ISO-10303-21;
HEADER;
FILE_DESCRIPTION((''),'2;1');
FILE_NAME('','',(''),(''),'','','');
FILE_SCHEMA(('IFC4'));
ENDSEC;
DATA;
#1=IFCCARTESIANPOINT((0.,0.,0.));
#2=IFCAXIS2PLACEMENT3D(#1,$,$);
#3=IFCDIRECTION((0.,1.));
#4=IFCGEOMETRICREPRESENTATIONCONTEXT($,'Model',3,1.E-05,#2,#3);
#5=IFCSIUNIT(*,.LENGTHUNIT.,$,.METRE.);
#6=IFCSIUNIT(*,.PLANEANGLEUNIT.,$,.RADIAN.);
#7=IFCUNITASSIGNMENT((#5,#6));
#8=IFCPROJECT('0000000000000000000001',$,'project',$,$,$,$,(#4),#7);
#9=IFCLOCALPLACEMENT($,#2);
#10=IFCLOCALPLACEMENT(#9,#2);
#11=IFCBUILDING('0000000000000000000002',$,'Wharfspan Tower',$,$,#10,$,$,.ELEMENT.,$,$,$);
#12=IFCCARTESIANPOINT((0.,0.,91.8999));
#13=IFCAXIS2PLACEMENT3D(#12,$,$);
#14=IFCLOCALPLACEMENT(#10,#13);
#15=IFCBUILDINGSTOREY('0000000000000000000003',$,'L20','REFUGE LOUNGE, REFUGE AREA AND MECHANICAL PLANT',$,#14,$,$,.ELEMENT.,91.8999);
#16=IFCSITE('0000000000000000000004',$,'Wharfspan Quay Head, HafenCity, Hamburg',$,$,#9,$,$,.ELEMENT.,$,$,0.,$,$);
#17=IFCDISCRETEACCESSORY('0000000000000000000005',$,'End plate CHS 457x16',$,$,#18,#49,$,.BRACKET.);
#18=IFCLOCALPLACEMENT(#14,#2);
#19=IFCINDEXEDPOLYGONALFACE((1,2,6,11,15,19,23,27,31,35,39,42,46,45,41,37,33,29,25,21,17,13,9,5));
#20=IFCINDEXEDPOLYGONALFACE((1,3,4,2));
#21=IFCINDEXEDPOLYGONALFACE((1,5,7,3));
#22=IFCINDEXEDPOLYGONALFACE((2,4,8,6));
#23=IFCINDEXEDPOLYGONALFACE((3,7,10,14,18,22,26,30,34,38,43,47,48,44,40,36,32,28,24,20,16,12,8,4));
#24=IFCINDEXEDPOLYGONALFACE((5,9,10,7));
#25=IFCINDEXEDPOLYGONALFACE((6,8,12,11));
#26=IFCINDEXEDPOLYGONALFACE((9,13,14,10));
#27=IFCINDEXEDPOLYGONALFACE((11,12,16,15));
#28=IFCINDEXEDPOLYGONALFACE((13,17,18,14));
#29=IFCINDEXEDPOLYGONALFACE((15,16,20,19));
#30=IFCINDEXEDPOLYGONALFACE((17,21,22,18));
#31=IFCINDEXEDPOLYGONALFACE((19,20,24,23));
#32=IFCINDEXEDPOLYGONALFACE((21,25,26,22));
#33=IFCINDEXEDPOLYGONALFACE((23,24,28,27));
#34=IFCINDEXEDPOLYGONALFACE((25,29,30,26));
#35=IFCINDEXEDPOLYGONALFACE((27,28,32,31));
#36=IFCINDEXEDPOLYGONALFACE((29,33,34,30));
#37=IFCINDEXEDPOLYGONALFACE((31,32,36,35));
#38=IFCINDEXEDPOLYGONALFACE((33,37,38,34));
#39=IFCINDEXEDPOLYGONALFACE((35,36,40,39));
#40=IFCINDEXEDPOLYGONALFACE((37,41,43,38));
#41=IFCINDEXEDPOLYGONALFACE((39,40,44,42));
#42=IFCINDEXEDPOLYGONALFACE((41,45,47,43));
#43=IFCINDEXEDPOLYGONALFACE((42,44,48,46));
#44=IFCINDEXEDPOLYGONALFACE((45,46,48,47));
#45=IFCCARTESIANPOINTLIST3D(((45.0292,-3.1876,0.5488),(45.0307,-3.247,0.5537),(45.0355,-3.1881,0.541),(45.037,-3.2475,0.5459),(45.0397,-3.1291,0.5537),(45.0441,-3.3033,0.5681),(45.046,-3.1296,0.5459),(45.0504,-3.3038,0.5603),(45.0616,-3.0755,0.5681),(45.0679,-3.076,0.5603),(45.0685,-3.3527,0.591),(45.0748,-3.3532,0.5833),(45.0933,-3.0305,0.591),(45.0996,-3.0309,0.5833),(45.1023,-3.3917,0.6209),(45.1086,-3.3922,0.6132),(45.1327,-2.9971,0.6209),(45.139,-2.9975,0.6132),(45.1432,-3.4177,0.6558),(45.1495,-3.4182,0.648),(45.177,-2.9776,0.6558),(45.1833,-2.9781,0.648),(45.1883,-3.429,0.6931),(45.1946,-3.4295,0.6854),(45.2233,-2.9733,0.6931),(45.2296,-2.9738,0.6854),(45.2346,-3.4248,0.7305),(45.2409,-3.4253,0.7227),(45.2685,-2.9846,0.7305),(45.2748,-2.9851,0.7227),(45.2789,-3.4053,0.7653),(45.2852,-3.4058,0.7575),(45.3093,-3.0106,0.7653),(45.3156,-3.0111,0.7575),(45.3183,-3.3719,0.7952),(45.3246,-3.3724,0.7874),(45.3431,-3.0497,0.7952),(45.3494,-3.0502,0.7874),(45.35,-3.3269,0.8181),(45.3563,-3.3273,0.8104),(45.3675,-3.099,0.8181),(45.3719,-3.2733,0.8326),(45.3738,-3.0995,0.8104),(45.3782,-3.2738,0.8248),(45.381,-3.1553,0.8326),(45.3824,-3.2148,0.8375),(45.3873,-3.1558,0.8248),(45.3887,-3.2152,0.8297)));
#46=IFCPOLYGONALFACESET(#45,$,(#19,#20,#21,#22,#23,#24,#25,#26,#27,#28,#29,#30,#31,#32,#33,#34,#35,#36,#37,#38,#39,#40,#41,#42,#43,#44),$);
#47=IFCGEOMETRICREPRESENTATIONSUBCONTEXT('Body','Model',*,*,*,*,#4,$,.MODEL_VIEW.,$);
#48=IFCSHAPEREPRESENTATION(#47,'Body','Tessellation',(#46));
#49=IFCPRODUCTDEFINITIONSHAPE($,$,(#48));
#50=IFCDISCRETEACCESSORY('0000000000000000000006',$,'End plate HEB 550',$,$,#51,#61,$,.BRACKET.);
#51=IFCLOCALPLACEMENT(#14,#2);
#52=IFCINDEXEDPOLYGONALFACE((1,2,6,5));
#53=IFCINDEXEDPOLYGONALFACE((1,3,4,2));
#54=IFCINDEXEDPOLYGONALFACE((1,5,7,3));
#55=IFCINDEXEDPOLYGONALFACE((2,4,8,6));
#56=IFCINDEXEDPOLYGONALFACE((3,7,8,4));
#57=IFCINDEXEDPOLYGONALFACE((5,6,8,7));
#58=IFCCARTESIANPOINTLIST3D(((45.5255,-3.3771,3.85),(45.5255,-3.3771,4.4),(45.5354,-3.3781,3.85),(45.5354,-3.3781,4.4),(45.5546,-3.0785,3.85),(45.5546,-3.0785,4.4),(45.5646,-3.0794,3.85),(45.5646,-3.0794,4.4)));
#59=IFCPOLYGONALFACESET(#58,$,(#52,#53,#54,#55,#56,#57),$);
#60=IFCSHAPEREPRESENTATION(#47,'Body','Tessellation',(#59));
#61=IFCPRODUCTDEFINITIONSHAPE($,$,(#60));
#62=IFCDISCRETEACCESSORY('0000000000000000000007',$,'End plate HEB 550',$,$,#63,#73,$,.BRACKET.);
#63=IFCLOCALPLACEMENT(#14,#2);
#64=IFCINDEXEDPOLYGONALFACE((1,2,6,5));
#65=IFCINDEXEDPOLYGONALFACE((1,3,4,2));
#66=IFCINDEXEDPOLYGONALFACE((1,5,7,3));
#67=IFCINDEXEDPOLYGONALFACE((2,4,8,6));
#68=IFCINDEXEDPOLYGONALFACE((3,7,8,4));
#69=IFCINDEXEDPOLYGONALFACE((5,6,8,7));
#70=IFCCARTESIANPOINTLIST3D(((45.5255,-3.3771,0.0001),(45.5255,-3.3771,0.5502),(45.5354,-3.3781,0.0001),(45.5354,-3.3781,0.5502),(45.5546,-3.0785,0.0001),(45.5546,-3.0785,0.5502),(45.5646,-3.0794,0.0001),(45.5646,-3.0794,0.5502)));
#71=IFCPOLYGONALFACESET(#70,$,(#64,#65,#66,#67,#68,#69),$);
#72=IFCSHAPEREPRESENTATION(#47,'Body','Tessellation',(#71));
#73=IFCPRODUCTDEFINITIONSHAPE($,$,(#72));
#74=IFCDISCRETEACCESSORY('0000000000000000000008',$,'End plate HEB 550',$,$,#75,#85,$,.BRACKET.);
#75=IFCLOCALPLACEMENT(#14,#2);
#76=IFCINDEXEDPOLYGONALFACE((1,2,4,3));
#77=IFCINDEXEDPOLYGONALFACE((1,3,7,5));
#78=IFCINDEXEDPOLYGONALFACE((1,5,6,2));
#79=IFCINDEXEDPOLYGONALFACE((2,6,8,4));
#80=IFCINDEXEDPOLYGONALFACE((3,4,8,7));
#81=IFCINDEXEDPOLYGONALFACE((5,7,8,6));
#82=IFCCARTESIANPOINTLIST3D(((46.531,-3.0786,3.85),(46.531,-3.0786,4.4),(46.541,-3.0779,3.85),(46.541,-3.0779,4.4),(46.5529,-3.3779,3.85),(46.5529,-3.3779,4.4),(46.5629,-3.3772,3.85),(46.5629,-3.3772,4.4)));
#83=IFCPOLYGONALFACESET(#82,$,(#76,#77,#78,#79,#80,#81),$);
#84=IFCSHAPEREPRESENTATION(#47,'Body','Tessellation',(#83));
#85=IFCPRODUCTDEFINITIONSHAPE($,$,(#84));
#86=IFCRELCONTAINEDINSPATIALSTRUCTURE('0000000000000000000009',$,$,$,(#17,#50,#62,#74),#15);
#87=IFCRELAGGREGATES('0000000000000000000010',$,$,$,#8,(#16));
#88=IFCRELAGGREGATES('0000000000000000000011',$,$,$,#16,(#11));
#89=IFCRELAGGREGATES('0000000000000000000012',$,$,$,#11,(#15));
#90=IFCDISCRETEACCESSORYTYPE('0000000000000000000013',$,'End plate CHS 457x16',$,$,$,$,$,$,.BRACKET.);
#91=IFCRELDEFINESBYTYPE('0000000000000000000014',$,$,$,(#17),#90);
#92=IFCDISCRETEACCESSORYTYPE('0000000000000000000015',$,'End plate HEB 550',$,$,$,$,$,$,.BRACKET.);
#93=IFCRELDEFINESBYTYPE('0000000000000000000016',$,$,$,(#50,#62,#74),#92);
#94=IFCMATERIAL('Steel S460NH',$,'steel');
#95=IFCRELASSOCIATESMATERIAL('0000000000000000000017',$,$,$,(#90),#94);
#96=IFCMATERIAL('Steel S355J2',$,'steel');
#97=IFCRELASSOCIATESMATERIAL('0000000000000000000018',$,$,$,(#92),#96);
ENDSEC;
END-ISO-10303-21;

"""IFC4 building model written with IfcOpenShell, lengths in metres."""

from ifc_helpers import new_model, si_unit, direction, frame, origin, origin_2d, place, context, subcontext, project, spatial, rectangle, circle, extrude, material, material_profile, profile_set, type_object, element, save


model = new_model("IFC4")

# Units and contexts
model_context = context("Model", 3, precision=1e-05, world=origin(), true_north=direction((0.0, 1.0)))
body_context = subcontext(model_context, "Body", "Model", "MODEL_VIEW")
ifc_project = project(units=[si_unit("LENGTHUNIT", "METRE"), si_unit("PLANEANGLEUNIT", "RADIAN")], contexts=[model_context])

# Site, building, storey
site_placement = place(None, origin())
site = spatial("IfcSite", under=ifc_project, at=site_placement, Name="Wharfspan Quay Head, HafenCity, Hamburg", CompositionType="ELEMENT", RefElevation=0.0)
building_placement = place(site_placement, origin())
building = spatial("IfcBuilding", under=site, at=building_placement, Name="Wharfspan Tower", CompositionType="ELEMENT")
storey_placement = place(building_placement, frame((0.0, 0.0, 91.8999)))
storey = spatial("IfcBuildingStorey", under=building, at=storey_placement, Name="L20", Description="REFUGE LOUNGE, REFUGE AREA AND MECHANICAL PLANT", CompositionType="ELEMENT", Elevation=91.8999)

# Shared definitions
ifc_material_1 = material(Name="Steel S355J2", Category="steel")

# Shared definitions
ifc_material_2 = material(Name="Steel S460NH", Category="steel")

# Discrete accessories
ifc_material_profile_1 = material_profile(ifc_material_2, circle(Radius=0.2285, at=origin_2d()))
ifc_profile_set_1 = profile_set([ifc_material_profile_1], Name="Steel S460NH")
discrete_accessory_type_1 = type_object("IfcDiscreteAccessoryType", Name="End plate CHS 457x16", PredefinedType="BRACKET", material=ifc_profile_set_1)
for number, where, z_axis, x_axis, name in (
    (1, (45.2058, -3.2012, 0.6931), (0.629852, -0.04845, -0.775203), (0.076696, 0.997051, 0.0), "End plate CHS 457x16"),
):
    element("IfcDiscreteAccessory", number, at=place(storey_placement, frame(where, z_axis=z_axis, x_axis=x_axis)), inside=storey, type_object=discrete_accessory_type_1, Name=name, PredefinedType="BRACKET", context=body_context, shape_type="SweptSolid", body=[
        extrude(circle(Radius=0.2285, at=origin_2d()), origin(), (0.0, 0.0, 1.0), 0.01),
    ])
ifc_material_profile_2 = material_profile(ifc_material_1, rectangle(XDim=0.3, YDim=0.55, at=origin_2d()))
ifc_profile_set_2 = profile_set([ifc_material_profile_2], Name="Steel S355J2")
discrete_accessory_type_2 = type_object("IfcDiscreteAccessoryType", Name="End plate HEB 550", PredefinedType="BRACKET", material=ifc_profile_set_2)
for number, where, z_axis, x_axis, name in (
    (2, (45.54, -3.2278, 4.125), (0.995275, -0.0971, 0.0), (0.0971, 0.995275, 0.0), "End plate HEB 550"),
    (3, (45.54, -3.2278, 0.2751), (0.995275, -0.0971, 0.0), (0.0971, 0.995275, 0.0), "End plate HEB 550"),
    (4, (46.542, -3.2283, 4.125), (0.997334, 0.072976, 0.0), (-0.072976, 0.997334, 0.0), "End plate HEB 550"),
):
    element("IfcDiscreteAccessory", number, at=place(storey_placement, frame(where, z_axis=z_axis, x_axis=x_axis)), inside=storey, type_object=discrete_accessory_type_2, Name=name, PredefinedType="BRACKET", context=body_context, shape_type="SweptSolid", body=[
        extrude(rectangle(XDim=0.3, YDim=0.55, at=origin_2d()), origin(), (0.0, 0.0, 1.0), 0.01),
    ])

save(model, "model.ifc")
